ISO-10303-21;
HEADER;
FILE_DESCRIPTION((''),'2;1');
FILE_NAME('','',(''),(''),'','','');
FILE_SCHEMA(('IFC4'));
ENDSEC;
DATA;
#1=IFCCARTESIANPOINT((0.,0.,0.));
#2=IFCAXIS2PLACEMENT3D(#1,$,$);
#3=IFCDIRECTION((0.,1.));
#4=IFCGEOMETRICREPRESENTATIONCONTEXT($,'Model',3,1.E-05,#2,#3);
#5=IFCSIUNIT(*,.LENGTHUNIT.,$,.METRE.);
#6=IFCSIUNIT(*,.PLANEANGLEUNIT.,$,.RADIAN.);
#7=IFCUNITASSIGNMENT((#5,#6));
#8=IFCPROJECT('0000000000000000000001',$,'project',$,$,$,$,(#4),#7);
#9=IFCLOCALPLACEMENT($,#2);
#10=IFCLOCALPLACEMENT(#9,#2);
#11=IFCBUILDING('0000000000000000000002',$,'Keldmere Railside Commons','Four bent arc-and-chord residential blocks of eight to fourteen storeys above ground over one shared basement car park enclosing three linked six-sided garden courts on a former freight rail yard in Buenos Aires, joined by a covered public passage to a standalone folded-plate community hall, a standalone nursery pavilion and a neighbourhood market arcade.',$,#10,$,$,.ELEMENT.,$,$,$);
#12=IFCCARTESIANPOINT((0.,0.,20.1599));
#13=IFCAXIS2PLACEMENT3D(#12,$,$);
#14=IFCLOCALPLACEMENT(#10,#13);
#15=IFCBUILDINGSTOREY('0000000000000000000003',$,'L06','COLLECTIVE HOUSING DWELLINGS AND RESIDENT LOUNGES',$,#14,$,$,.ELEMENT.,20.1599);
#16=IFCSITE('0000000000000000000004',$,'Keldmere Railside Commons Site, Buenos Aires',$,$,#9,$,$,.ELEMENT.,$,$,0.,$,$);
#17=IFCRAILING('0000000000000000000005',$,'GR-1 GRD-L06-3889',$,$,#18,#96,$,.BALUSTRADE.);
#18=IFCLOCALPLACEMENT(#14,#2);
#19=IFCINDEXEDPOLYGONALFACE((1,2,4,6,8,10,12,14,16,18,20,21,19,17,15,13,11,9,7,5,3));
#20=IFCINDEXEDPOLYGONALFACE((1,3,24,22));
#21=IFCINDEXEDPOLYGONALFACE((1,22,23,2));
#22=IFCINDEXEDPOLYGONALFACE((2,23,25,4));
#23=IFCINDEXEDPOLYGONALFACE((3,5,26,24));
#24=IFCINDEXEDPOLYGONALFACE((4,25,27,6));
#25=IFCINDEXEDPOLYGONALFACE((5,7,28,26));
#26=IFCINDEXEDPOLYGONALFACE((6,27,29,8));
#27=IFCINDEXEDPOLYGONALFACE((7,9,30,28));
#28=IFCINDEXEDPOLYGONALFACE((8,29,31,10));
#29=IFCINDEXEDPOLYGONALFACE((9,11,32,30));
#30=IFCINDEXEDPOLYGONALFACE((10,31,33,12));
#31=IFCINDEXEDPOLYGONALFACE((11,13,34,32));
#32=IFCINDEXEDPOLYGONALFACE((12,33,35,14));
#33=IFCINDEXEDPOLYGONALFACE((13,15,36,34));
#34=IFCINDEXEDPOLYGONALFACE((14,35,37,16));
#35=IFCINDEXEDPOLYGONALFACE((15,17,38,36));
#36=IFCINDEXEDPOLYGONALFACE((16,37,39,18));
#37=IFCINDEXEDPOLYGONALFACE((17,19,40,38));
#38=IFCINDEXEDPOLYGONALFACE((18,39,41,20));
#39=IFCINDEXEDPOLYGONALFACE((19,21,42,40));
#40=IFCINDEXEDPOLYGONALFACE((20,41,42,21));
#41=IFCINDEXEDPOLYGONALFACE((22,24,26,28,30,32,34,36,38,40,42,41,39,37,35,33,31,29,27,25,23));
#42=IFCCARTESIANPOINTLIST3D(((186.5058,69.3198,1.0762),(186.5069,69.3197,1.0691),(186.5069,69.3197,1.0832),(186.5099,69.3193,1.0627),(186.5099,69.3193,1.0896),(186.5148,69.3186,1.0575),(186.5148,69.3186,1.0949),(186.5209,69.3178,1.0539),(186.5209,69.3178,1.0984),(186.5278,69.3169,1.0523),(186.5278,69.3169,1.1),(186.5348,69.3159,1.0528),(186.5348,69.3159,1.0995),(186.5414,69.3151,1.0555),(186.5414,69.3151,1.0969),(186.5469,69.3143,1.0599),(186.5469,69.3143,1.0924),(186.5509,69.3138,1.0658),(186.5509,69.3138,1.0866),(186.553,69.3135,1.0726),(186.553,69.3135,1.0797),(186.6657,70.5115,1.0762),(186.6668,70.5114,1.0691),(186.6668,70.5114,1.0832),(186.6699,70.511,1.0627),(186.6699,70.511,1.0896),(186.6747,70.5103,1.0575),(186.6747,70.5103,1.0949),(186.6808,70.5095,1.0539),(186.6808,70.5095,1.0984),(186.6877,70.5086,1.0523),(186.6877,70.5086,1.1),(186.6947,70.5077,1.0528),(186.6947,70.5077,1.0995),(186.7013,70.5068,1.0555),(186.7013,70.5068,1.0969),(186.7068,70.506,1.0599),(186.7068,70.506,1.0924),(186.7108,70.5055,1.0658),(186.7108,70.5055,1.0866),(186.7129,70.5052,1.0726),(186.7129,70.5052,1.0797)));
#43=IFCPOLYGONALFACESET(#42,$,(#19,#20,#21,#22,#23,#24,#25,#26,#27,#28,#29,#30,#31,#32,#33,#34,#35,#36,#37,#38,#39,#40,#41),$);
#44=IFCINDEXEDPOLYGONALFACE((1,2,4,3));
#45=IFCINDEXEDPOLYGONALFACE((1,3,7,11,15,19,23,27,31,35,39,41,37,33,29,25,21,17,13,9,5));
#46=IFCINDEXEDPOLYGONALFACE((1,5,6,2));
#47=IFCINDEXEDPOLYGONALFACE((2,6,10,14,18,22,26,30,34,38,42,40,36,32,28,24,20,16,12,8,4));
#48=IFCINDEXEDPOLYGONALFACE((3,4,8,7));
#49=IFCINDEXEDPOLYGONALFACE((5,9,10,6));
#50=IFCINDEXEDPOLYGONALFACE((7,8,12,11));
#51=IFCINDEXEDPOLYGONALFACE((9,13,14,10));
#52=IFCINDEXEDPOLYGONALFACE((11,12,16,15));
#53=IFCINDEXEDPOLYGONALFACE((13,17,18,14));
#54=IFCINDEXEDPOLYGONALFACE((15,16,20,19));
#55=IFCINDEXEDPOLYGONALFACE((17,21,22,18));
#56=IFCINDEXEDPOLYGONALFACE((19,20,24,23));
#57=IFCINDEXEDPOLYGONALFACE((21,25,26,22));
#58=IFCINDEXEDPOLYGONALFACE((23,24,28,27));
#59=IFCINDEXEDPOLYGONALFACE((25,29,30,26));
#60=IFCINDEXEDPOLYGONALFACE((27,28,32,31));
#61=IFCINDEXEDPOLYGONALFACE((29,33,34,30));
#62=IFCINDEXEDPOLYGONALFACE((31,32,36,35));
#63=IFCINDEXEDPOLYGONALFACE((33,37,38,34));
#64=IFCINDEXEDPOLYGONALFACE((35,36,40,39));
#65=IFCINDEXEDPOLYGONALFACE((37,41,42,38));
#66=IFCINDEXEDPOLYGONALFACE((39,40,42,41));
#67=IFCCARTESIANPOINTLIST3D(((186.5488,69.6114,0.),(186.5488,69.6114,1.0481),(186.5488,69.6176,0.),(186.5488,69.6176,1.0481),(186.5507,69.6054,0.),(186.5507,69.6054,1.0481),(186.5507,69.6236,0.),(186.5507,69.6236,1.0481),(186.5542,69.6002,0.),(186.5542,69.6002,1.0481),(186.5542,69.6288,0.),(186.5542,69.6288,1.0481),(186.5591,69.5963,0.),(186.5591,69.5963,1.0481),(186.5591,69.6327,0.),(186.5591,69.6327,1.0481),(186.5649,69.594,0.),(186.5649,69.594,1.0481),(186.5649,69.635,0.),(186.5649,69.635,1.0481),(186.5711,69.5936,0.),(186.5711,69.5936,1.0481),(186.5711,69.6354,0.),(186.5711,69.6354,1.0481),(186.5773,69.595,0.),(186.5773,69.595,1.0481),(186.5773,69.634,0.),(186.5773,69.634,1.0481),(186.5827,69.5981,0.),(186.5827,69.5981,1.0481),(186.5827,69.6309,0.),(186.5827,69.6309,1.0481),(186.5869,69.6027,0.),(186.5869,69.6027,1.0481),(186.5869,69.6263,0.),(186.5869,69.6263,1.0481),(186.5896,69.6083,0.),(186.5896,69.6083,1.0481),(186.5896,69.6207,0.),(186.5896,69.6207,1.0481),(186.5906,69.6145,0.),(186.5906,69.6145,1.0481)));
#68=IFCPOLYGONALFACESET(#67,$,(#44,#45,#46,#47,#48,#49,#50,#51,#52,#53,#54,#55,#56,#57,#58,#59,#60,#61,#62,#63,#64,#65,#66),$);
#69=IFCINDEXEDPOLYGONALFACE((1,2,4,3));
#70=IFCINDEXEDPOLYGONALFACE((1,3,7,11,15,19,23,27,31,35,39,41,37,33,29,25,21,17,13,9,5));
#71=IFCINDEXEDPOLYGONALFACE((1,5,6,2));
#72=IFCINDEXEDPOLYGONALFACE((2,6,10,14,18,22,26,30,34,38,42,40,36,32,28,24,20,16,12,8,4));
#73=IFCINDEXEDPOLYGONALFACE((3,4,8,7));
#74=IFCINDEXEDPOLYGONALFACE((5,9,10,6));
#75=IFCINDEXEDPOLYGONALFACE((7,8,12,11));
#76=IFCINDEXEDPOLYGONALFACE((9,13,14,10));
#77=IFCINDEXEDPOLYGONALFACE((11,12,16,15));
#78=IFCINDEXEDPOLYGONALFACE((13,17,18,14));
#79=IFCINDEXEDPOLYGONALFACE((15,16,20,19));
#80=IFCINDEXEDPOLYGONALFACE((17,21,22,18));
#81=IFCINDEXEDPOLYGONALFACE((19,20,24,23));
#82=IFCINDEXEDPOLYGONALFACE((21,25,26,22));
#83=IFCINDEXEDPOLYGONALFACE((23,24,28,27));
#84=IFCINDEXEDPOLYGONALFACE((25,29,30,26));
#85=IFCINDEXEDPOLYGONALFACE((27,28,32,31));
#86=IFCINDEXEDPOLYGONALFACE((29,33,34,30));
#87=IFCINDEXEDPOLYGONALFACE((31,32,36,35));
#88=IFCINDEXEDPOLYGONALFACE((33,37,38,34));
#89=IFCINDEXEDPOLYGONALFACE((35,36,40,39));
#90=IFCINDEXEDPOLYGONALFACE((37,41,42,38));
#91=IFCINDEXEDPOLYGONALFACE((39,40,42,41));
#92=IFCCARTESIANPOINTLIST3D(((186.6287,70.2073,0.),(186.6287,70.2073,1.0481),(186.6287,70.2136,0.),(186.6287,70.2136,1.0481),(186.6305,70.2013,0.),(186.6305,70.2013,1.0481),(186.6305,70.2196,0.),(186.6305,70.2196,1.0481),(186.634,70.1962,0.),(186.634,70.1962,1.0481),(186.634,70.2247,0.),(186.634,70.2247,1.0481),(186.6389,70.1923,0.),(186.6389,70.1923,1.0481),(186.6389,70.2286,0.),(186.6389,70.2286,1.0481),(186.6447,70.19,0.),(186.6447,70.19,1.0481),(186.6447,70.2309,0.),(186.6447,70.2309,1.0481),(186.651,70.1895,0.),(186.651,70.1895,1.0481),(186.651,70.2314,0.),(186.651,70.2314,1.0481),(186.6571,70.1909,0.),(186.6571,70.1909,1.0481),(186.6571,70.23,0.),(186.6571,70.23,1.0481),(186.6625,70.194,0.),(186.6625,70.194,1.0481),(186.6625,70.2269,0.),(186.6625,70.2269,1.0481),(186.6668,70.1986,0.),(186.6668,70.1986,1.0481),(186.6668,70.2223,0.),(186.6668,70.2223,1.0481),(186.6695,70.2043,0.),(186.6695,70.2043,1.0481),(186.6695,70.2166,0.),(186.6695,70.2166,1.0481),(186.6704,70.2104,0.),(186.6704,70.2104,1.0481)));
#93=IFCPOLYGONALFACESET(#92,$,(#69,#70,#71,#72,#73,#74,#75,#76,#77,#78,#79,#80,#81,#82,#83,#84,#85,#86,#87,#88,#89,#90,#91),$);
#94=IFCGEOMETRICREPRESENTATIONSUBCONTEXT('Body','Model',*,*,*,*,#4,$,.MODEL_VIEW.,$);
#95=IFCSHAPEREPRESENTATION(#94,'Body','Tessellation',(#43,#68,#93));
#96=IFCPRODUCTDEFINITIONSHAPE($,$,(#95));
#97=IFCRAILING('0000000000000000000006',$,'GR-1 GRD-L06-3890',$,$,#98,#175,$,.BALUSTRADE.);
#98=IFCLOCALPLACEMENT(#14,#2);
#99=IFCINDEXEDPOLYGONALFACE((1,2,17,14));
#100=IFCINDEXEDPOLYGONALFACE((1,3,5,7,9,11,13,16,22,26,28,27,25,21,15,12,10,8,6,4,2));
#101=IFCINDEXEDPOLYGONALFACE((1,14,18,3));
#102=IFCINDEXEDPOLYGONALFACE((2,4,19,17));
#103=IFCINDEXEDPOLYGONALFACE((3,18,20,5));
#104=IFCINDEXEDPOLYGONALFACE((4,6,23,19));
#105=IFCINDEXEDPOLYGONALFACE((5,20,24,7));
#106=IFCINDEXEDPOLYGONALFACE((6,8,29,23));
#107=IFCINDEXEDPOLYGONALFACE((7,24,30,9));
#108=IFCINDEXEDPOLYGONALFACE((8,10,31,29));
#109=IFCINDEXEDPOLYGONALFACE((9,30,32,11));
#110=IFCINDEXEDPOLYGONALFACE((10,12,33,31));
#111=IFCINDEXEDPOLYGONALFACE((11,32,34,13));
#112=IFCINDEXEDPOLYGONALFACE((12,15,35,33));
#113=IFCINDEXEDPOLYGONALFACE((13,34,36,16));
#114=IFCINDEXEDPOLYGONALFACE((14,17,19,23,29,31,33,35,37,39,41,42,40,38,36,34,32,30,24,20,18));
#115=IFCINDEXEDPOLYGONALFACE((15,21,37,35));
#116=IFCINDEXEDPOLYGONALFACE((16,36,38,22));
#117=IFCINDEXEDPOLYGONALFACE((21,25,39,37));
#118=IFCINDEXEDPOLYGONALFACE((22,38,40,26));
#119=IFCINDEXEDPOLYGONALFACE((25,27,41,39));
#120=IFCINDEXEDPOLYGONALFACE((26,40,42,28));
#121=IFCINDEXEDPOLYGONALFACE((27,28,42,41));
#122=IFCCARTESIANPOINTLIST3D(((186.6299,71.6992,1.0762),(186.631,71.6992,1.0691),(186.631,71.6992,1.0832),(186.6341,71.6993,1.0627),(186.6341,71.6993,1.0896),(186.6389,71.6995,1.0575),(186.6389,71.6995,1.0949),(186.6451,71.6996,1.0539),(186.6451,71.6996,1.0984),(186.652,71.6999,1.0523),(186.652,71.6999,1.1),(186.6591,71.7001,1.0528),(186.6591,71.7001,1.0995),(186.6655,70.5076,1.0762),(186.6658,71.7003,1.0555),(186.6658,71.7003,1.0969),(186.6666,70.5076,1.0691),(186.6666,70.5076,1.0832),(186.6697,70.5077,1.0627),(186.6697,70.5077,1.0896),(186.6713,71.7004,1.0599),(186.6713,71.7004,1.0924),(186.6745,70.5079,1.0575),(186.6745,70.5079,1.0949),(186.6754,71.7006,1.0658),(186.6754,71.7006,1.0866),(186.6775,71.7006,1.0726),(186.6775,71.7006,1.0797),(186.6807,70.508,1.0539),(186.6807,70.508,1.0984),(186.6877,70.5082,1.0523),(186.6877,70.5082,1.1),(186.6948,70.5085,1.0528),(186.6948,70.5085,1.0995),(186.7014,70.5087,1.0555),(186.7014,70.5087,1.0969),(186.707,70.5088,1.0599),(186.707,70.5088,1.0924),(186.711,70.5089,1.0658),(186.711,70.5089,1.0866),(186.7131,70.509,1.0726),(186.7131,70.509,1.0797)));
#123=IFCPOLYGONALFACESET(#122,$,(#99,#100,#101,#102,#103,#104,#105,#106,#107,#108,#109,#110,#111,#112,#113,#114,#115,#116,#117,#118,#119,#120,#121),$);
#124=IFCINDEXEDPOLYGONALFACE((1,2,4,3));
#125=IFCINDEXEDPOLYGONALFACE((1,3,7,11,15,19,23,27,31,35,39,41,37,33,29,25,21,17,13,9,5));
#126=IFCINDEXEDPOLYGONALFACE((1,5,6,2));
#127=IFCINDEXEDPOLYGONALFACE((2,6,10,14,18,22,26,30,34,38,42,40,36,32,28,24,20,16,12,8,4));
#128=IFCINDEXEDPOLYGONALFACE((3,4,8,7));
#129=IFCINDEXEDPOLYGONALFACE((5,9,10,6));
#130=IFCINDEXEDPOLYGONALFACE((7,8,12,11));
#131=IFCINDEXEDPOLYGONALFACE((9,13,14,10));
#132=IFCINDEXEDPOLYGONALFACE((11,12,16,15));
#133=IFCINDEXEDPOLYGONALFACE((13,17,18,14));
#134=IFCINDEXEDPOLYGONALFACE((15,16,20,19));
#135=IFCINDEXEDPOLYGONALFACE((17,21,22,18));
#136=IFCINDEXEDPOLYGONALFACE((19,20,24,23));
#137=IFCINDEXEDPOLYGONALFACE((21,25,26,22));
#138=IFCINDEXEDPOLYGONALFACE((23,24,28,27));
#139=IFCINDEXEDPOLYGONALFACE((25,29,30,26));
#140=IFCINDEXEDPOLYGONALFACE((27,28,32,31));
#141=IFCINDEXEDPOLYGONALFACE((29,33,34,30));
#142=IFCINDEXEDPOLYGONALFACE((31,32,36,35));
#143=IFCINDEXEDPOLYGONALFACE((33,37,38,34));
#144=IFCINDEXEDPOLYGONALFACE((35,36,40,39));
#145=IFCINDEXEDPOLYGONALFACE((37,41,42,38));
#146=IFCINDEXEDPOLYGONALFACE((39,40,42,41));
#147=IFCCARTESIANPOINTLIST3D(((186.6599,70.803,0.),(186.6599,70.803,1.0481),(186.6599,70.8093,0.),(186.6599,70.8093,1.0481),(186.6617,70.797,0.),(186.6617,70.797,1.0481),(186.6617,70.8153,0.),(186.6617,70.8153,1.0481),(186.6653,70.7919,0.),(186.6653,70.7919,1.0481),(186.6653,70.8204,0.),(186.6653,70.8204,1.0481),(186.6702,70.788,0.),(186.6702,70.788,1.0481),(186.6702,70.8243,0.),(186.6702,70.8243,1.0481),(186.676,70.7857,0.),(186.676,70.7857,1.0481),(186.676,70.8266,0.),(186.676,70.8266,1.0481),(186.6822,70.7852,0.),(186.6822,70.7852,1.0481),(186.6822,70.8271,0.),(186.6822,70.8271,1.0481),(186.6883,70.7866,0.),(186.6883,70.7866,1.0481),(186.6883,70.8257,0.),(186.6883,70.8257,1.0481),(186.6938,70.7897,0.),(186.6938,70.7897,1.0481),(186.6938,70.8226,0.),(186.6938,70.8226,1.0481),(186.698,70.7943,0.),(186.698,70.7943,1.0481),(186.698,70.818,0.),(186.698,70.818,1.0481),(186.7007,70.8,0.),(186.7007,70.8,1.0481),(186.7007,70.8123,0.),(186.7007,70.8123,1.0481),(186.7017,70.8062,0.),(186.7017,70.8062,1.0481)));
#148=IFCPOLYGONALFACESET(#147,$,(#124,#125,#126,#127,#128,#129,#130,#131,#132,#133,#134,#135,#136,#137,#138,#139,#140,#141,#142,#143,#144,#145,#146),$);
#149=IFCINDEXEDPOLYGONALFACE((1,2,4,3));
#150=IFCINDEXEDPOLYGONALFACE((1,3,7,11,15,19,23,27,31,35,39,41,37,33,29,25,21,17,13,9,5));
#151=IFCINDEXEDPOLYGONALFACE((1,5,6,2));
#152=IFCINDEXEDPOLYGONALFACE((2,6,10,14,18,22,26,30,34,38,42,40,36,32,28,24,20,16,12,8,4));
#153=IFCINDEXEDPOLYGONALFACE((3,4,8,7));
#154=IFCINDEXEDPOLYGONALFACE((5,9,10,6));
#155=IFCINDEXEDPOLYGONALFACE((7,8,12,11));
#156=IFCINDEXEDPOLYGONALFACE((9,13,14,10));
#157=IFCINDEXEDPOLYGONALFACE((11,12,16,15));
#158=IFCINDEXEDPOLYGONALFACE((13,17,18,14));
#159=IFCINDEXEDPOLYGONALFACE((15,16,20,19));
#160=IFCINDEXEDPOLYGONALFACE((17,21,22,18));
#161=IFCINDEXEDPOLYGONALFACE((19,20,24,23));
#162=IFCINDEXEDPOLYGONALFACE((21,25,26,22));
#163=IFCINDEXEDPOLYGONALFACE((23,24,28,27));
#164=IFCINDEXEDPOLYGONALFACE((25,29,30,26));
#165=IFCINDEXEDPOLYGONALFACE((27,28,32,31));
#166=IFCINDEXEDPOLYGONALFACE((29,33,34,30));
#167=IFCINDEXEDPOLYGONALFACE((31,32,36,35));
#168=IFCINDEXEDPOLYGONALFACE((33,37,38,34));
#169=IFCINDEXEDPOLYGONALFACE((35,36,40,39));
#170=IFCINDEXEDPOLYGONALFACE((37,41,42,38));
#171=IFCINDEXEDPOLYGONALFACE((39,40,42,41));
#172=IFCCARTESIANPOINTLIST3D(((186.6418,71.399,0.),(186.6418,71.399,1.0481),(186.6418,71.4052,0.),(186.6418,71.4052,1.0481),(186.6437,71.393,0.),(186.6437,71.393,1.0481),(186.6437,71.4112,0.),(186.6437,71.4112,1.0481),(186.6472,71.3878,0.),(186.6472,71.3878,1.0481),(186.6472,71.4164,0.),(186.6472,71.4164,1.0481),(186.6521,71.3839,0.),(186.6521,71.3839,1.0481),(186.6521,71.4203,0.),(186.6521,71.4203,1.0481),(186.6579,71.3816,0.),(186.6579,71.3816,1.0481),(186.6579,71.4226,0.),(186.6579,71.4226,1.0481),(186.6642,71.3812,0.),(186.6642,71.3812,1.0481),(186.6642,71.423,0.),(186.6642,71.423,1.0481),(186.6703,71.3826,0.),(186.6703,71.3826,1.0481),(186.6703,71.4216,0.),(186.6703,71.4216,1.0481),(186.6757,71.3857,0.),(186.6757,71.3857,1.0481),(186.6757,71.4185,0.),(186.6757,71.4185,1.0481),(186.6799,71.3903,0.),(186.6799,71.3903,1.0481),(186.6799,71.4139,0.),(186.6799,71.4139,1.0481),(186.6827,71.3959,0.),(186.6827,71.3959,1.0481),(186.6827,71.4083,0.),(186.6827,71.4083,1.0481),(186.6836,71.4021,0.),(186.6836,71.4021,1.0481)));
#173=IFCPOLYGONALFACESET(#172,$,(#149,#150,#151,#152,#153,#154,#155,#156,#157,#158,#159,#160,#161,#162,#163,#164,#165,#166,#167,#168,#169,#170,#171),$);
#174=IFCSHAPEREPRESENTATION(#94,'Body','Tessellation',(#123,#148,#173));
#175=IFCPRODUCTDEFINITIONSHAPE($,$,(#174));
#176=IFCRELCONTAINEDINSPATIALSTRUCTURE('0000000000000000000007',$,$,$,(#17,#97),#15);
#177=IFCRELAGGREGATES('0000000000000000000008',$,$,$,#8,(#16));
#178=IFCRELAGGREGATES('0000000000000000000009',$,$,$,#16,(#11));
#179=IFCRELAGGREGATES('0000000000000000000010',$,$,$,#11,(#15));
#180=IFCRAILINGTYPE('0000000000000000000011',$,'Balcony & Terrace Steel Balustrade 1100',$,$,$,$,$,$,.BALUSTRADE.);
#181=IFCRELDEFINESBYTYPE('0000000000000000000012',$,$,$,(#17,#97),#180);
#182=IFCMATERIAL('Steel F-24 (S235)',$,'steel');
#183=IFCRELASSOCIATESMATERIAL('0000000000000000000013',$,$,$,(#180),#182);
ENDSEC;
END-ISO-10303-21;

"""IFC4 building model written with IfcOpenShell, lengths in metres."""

from ifc_helpers import new_model, si_unit, direction, frame, origin, origin_2d, place, context, subcontext, project, spatial, circle, extrude, material, type_object, element, save


model = new_model("IFC4")

# Units and contexts
model_context = context("Model", 3, precision=1e-05, world=origin(), true_north=direction((0.0, 1.0)))
body_context = subcontext(model_context, "Body", "Model", "MODEL_VIEW")
ifc_project = project(units=[si_unit("LENGTHUNIT", "METRE"), si_unit("PLANEANGLEUNIT", "RADIAN")], contexts=[model_context])

# Site, building, storey
site_placement = place(None, origin())
site = spatial("IfcSite", under=ifc_project, at=site_placement, Name="Keldmere Railside Commons Site, Buenos Aires", CompositionType="ELEMENT", RefElevation=0.0)
building_placement = place(site_placement, origin())
building = spatial("IfcBuilding", under=site, at=building_placement, Name="Keldmere Railside Commons", Description="Four bent arc-and-chord residential blocks of eight to fourteen storeys above ground over one shared basement car park enclosing three linked six-sided garden courts on a former freight rail yard in Buenos Aires, joined by a covered public passage to a standalone folded-plate community hall, a standalone nursery pavilion and a neighbourhood market arcade.", CompositionType="ELEMENT")
storey_placement = place(building_placement, frame((0.0, 0.0, 20.1599)))
storey = spatial("IfcBuildingStorey", under=building, at=storey_placement, Name="L06", Description="COLLECTIVE HOUSING DWELLINGS AND RESIDENT LOUNGES", CompositionType="ELEMENT", Elevation=20.1599)

# Shared definitions
ifc_material_1 = material(Name="Steel F-24 (S235)", Category="steel")

# Railings
railing_type_1 = type_object("IfcRailingType", Name="Balcony & Terrace Steel Balustrade 1100", PredefinedType="BALUSTRADE", material=ifc_material_1)
railing_1_placement = place(storey_placement, frame((186.5295, 69.3167, 0.0)))
element("IfcRailing", 1, at=railing_1_placement, inside=storey, type_object=railing_type_1, Name="GR-1 GRD-L06-3889", PredefinedType="BALUSTRADE", context=body_context, shape_type="SweptSolid", body=[
    extrude(circle(Radius=0.0239, at=origin_2d()), frame((0.0, 0.0, 1.0762), z_axis=(0.133002, 0.991116, 0.0), x_axis=(-0.991116, 0.133002, 0.0)), (0.0, 0.0, 1.0), 1.2024),
    extrude(circle(Radius=0.021, at=origin_2d()), frame((0.04, 0.2979, 0.0)), (0.0, 0.0, 1.0), 1.0481),
    extrude(circle(Radius=0.021, at=origin_2d()), frame((0.1199, 0.8938, 0.0)), (0.0, 0.0, 1.0), 1.0481),
])
railing_2_placement = place(storey_placement, frame((186.6895, 70.5083, 0.0)))
element("IfcRailing", 2, at=railing_2_placement, inside=storey, type_object=railing_type_1, Name="GR-1 GRD-L06-3890", PredefinedType="BALUSTRADE", context=body_context, shape_type="SweptSolid", body=[
    extrude(circle(Radius=0.0239, at=origin_2d()), frame((0.0, 0.0, 1.0762), z_axis=(-0.029899, 0.999553, 0.0), x_axis=(-0.999553, -0.029899, 0.0)), (0.0, 0.0, 1.0), 1.1921),
    extrude(circle(Radius=0.021, at=origin_2d()), frame((-0.0088, 0.2979, 0.0)), (0.0, 0.0, 1.0), 1.0481),
    extrude(circle(Radius=0.021, at=origin_2d()), frame((-0.0269, 0.8938, 0.0)), (0.0, 0.0, 1.0), 1.0481),
])

save(model, "model.ifc")
